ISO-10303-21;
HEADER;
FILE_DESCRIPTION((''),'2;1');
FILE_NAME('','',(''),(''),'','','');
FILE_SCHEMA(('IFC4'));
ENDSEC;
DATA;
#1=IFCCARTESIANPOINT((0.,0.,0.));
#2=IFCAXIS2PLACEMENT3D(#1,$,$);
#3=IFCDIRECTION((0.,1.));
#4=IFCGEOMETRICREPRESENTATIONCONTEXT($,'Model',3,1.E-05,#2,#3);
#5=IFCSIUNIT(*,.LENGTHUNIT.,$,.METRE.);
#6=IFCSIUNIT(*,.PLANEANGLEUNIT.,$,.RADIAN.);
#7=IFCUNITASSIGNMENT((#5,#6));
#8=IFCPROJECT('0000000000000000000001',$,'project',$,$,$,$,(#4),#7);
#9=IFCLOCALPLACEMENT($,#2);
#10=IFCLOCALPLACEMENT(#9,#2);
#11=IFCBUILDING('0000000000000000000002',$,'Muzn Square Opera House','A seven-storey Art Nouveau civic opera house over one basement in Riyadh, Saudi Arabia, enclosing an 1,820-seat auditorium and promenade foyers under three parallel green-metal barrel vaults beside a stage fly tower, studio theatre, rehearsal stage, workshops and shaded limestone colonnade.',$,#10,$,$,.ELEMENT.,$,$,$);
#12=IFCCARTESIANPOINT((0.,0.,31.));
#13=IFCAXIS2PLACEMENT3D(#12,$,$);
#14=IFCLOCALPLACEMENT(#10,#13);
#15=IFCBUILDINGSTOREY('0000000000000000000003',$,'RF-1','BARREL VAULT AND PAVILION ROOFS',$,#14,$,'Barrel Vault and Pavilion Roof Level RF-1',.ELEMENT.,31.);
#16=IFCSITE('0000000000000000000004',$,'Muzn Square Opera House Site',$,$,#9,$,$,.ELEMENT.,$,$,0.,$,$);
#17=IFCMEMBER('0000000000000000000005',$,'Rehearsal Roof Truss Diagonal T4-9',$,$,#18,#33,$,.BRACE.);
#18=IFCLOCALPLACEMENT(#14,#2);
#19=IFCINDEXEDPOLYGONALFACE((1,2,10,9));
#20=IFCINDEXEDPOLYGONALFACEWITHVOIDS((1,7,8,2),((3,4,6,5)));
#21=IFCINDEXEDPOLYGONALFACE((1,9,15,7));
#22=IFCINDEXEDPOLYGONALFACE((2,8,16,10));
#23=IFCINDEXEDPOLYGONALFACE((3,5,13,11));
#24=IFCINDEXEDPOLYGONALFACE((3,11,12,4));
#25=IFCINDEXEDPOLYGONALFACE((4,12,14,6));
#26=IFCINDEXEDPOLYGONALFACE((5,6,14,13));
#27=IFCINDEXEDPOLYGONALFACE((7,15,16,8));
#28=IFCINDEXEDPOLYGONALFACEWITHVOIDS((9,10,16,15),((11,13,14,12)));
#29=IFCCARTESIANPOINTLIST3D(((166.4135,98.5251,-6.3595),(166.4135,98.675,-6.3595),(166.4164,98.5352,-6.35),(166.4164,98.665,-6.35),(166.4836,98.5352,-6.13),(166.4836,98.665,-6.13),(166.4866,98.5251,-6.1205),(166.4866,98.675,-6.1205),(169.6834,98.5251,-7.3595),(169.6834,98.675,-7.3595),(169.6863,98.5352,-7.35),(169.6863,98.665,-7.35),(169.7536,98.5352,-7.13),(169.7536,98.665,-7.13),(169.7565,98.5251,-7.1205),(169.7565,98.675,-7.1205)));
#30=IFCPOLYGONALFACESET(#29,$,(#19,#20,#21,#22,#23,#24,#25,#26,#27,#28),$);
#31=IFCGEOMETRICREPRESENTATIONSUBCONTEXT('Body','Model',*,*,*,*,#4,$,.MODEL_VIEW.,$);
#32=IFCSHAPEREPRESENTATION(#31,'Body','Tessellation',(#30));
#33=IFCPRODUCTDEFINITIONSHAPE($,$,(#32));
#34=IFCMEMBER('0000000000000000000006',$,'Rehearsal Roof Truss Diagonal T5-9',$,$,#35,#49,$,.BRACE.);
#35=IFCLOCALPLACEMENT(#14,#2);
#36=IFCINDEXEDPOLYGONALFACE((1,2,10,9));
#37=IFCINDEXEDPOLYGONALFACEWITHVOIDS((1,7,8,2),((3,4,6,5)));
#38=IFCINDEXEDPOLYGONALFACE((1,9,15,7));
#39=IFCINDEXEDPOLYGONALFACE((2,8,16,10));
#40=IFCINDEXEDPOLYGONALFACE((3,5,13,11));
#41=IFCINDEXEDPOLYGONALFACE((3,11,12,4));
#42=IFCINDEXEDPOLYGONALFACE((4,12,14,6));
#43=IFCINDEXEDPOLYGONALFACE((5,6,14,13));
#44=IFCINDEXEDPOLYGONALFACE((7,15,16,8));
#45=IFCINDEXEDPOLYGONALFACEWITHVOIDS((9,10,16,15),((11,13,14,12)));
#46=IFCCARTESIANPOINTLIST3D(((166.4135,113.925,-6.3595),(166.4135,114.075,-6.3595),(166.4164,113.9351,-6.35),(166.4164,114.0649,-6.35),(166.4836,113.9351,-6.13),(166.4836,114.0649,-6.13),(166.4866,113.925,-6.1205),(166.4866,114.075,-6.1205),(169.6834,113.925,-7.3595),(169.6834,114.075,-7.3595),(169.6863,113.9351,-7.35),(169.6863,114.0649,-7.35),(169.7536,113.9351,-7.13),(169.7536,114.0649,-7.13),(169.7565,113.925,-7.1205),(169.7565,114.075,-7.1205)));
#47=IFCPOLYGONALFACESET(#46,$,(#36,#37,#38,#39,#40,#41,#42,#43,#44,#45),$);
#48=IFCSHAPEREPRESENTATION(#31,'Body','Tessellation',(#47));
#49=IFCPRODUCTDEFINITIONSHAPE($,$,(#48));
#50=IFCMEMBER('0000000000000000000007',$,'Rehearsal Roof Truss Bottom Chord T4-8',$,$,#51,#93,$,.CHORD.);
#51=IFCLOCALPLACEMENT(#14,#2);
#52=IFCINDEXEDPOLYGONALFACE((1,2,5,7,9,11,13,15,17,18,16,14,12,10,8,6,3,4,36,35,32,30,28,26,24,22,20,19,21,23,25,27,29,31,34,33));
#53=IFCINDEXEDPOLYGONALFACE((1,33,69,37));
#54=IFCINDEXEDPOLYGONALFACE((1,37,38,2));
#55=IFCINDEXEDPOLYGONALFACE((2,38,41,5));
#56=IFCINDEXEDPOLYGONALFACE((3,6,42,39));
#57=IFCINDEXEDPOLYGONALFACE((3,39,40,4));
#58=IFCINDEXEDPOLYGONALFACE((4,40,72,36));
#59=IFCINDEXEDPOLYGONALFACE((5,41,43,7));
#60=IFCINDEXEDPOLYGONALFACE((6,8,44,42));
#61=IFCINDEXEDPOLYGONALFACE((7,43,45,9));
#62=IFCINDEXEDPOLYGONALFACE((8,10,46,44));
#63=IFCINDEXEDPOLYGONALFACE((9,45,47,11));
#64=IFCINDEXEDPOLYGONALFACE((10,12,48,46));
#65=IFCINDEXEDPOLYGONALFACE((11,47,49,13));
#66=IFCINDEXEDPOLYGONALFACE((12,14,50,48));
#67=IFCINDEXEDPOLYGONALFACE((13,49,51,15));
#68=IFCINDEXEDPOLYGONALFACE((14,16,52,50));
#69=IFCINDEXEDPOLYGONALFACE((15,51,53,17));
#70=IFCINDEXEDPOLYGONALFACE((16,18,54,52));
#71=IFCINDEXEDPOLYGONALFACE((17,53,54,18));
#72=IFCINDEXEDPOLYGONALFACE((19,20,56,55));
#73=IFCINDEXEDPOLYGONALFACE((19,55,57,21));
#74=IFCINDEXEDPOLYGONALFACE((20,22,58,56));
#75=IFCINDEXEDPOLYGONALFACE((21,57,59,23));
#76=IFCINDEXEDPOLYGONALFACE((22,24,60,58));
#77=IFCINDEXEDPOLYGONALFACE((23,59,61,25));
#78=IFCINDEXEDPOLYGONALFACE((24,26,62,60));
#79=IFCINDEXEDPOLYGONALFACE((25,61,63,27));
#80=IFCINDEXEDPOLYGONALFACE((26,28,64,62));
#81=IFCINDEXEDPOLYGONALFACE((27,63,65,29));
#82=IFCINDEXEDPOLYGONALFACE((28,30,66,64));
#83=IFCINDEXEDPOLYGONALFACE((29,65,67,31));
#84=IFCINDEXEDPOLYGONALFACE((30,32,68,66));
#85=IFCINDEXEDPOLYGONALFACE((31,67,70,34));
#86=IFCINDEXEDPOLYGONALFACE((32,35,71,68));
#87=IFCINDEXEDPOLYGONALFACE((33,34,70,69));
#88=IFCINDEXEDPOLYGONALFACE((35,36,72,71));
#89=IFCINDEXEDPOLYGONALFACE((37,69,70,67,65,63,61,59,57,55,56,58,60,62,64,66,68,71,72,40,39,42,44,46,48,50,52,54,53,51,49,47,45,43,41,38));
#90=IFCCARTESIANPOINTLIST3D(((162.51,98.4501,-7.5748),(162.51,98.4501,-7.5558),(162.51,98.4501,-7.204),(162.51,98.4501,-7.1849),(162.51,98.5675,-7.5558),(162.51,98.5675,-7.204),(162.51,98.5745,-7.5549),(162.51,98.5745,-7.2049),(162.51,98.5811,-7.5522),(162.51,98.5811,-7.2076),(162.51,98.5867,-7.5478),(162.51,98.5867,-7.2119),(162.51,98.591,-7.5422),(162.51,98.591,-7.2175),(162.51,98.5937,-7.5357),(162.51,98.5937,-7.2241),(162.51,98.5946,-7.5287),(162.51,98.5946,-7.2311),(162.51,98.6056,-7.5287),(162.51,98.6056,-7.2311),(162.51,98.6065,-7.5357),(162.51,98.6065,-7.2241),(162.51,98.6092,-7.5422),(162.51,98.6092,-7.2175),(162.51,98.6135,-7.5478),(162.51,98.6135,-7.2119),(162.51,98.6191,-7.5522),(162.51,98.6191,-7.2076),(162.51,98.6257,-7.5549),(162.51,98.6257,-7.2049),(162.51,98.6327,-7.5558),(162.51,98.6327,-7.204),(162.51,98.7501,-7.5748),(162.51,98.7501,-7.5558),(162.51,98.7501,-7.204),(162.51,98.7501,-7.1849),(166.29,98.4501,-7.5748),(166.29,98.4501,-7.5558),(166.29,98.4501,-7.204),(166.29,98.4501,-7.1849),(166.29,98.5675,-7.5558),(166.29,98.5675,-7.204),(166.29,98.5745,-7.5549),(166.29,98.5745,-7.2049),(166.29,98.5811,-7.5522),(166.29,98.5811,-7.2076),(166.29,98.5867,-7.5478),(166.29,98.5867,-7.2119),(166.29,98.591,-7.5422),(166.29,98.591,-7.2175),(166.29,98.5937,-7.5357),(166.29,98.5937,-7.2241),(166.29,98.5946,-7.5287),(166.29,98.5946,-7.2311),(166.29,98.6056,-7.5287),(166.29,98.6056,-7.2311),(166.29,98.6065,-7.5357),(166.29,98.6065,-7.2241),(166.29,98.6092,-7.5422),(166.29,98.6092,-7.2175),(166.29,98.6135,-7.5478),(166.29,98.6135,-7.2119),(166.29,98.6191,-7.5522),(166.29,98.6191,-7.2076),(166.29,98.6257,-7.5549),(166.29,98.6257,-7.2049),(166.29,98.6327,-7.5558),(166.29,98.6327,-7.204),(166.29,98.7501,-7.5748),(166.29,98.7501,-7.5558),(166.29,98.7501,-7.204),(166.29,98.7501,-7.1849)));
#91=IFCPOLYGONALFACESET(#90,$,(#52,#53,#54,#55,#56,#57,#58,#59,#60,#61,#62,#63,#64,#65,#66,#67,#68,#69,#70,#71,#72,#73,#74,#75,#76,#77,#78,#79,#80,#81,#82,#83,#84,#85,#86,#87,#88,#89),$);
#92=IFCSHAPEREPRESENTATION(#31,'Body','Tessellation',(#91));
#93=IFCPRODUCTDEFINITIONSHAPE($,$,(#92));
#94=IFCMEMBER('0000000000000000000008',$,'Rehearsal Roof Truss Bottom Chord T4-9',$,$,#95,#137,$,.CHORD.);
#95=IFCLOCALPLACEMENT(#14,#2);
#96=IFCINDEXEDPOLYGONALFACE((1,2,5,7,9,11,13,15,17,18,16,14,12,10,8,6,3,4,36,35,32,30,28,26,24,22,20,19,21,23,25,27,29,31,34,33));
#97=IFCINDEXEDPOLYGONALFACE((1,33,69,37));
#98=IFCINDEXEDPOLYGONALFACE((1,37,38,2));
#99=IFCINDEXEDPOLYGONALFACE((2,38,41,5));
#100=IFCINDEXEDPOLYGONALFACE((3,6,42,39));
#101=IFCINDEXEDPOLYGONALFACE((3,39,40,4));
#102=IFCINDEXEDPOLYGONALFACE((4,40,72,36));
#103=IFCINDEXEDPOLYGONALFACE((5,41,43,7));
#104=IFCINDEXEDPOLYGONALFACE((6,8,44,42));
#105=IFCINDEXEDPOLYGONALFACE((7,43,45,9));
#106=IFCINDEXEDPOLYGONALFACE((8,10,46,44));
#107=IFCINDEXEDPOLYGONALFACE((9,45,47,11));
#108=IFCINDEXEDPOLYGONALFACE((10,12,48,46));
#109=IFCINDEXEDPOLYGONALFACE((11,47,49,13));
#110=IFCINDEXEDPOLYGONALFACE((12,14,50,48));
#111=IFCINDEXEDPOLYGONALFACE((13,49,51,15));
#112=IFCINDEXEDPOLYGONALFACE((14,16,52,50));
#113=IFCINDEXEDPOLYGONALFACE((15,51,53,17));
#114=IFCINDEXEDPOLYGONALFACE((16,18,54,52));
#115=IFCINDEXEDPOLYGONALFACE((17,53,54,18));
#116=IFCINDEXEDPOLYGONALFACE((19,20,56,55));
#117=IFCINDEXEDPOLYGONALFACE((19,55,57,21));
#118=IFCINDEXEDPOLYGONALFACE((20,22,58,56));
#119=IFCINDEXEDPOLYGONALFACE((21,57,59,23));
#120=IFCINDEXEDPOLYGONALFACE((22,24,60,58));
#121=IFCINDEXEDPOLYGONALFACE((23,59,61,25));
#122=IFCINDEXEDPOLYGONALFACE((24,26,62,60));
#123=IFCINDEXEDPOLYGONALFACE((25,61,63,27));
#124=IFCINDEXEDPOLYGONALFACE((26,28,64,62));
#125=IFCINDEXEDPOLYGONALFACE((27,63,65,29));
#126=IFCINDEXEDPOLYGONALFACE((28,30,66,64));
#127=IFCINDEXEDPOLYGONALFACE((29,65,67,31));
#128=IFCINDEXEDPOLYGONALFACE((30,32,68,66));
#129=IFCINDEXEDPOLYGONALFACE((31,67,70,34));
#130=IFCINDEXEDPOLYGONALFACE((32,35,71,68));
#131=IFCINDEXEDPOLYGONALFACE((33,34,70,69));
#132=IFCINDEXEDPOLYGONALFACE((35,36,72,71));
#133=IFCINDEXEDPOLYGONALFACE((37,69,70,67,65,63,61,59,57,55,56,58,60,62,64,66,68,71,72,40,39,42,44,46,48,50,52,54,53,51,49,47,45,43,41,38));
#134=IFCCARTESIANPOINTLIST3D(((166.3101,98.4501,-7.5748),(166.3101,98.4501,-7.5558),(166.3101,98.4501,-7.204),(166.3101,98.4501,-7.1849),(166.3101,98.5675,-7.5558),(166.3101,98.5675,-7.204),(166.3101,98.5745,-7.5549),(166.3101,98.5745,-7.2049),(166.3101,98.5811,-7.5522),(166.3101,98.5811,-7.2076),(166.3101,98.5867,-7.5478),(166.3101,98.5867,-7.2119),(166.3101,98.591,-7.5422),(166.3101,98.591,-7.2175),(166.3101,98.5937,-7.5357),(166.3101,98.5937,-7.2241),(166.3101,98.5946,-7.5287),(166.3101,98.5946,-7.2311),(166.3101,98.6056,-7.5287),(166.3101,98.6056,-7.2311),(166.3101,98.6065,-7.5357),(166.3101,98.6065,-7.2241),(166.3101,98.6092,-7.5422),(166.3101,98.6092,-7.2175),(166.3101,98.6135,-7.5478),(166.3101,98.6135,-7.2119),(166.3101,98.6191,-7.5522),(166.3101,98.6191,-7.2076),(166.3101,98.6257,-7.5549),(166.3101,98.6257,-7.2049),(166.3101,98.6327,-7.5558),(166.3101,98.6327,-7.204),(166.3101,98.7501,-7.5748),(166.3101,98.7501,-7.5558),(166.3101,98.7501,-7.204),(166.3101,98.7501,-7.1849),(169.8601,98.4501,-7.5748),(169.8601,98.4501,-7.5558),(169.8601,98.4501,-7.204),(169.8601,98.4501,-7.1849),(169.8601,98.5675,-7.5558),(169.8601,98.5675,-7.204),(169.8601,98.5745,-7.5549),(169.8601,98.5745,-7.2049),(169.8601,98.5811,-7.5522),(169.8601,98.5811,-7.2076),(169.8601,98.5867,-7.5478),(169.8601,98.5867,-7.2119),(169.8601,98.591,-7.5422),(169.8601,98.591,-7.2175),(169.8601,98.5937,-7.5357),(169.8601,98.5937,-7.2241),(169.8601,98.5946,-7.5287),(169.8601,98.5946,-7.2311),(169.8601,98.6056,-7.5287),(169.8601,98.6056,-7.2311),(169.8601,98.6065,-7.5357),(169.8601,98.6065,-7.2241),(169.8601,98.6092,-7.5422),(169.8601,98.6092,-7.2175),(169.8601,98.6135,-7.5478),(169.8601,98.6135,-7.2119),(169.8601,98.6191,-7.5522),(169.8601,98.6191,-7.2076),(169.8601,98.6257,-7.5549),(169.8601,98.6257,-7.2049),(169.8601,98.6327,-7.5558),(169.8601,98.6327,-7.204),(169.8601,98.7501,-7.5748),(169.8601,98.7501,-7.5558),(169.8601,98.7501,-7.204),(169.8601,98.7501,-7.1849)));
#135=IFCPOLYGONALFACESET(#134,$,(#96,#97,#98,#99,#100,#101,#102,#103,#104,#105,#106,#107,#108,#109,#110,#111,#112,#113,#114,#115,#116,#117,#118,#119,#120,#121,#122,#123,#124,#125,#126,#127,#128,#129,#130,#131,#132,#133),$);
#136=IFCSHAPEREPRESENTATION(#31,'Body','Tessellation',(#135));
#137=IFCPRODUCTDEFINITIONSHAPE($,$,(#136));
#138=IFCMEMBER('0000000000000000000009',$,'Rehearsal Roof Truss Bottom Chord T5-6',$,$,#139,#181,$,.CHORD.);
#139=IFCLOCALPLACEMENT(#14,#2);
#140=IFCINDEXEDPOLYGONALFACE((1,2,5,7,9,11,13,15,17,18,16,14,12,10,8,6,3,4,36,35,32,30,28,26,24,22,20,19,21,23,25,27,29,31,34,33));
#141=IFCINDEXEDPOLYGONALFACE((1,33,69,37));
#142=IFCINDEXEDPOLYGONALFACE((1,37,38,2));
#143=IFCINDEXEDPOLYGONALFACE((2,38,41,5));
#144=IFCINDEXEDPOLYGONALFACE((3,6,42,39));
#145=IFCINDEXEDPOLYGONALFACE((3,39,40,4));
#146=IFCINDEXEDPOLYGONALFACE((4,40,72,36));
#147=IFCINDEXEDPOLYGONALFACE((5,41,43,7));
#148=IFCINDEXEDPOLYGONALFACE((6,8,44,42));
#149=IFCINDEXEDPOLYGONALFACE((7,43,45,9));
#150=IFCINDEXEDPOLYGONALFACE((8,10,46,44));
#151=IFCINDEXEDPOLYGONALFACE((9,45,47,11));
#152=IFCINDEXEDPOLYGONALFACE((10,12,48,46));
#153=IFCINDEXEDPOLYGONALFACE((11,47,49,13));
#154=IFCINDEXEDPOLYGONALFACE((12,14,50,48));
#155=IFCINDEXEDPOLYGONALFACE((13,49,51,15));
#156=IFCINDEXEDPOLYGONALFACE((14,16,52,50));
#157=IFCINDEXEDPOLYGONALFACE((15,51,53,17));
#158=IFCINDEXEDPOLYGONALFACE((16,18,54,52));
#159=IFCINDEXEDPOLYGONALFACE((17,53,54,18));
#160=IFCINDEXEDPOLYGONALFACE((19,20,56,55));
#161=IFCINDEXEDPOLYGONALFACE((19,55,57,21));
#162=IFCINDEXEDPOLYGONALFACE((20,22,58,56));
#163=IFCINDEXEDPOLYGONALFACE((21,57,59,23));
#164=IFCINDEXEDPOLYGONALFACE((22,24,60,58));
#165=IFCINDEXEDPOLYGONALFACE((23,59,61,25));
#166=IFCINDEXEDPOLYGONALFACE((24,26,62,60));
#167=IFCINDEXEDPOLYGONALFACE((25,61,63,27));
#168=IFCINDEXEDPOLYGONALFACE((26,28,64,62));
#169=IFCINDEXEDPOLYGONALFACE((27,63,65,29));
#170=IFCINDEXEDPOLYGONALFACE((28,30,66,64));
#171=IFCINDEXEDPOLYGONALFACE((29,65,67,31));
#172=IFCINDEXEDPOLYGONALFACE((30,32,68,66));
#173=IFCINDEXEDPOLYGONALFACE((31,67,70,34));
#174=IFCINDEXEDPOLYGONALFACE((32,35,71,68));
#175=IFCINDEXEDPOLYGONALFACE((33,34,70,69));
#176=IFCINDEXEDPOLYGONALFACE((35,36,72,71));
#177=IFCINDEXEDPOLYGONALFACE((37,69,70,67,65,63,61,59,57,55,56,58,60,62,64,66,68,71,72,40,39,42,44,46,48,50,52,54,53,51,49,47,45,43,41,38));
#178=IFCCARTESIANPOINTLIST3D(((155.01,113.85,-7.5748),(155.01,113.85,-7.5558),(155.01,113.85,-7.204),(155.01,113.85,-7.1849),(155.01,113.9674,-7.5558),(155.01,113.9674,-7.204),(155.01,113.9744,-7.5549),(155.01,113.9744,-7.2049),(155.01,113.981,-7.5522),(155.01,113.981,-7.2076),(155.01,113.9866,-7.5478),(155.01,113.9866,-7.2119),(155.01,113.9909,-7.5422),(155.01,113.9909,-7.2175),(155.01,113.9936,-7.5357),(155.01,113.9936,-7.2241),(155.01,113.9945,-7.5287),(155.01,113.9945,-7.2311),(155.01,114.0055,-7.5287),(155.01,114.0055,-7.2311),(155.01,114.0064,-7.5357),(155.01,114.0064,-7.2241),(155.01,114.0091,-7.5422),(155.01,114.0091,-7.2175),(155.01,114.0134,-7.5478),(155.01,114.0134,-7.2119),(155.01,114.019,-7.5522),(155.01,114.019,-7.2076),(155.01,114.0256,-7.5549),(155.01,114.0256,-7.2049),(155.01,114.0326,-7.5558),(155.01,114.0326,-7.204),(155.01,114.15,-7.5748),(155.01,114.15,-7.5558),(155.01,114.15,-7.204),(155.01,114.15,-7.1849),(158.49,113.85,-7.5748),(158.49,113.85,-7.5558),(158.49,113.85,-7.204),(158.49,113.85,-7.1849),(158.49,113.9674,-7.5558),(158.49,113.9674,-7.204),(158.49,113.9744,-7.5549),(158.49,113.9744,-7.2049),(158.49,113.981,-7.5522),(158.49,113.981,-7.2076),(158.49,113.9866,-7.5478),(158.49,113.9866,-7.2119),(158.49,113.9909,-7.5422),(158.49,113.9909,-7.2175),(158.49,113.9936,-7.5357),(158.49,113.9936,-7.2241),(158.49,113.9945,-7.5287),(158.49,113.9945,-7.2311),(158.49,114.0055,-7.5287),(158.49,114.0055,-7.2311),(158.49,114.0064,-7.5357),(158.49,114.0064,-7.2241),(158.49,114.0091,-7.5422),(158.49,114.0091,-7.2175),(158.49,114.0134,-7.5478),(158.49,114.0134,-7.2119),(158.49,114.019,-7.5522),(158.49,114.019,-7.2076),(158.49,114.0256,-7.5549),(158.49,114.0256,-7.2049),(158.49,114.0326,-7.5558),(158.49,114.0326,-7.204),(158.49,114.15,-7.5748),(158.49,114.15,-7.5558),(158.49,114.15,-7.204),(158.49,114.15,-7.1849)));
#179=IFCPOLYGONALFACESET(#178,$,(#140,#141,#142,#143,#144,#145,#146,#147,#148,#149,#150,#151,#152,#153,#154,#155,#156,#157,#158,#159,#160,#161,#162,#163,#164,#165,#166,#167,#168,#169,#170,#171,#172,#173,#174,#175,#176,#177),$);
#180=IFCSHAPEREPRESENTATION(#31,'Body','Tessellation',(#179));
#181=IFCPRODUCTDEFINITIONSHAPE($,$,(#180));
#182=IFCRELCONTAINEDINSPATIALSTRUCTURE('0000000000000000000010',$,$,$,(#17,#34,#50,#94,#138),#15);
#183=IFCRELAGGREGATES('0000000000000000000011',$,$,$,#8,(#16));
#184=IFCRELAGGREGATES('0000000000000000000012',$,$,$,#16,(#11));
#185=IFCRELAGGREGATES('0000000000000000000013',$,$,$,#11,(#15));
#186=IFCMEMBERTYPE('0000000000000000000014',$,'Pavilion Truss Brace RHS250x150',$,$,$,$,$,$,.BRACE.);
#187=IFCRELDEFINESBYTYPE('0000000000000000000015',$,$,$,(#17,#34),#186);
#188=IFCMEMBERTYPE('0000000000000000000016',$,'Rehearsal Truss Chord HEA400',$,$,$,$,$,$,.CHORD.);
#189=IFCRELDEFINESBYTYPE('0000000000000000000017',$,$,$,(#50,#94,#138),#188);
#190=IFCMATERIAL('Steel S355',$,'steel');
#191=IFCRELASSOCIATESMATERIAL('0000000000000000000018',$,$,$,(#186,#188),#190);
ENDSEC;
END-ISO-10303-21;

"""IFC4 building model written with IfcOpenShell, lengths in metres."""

from ifc_helpers import new_model, si_unit, direction, frame, origin, origin_2d, place, context, subcontext, project, spatial, hollow_rectangle, i_section, extrude, material, material_profile, profile_set, type_object, element, save


model = new_model("IFC4")

# Units and contexts
model_context = context("Model", 3, precision=1e-05, world=origin(), true_north=direction((0.0, 1.0)))
body_context = subcontext(model_context, "Body", "Model", "MODEL_VIEW")
ifc_project = project(units=[si_unit("LENGTHUNIT", "METRE"), si_unit("PLANEANGLEUNIT", "RADIAN")], contexts=[model_context])

# Site, building, storey
site_placement = place(None, origin())
site = spatial("IfcSite", under=ifc_project, at=site_placement, Name="Muzn Square Opera House Site", CompositionType="ELEMENT", RefElevation=0.0)
building_placement = place(site_placement, origin())
building = spatial("IfcBuilding", under=site, at=building_placement, Name="Muzn Square Opera House", Description="A seven-storey Art Nouveau civic opera house over one basement in Riyadh, Saudi Arabia, enclosing an 1,820-seat auditorium and promenade foyers under three parallel green-metal barrel vaults beside a stage fly tower, studio theatre, rehearsal stage, workshops and shaded limestone colonnade.", CompositionType="ELEMENT")
storey_placement = place(building_placement, frame((0.0, 0.0, 31.0)))
storey = spatial("IfcBuildingStorey", under=building, at=storey_placement, Name="RF-1", Description="BARREL VAULT AND PAVILION ROOFS", LongName="Barrel Vault and Pavilion Roof Level RF-1", CompositionType="ELEMENT", Elevation=31.0)

# Shared definitions
ifc_material = material(Name="Steel S355", Category="steel")

# Members
ifc_material_profile_1 = material_profile(ifc_material, hollow_rectangle(XDim=0.1499, YDim=0.25, WallThickness=0.01, at=origin_2d()), Name="RHS 250x150x10", Category="steel")
ifc_profile_set_1 = profile_set([ifc_material_profile_1], Name="Steel S355")
member_type_1 = type_object("IfcMemberType", Name="Pavilion Truss Brace RHS250x150", PredefinedType="BRACE", material=ifc_profile_set_1)
for number, where, z_axis, x_axis, name in (
    (1, (169.72, 98.6001, -7.24), (-0.956284, 0.0, 0.29244), (0.0, -1.0, 0.0), "Rehearsal Roof Truss Diagonal T4-9"),
    (2, (169.72, 114.0, -7.24), (-0.956284, 0.0, 0.29244), (0.0, -1.0, 0.0), "Rehearsal Roof Truss Diagonal T5-9"),
):
    element("IfcMember", number, at=place(storey_placement, frame(where, z_axis=z_axis, x_axis=x_axis)), inside=storey, type_object=member_type_1, Name=name, PredefinedType="BRACE", context=body_context, shape_type="SweptSolid", body=[
        extrude(hollow_rectangle(XDim=0.1499, YDim=0.25, WallThickness=0.01, at=origin_2d()), origin(), (0.0, 0.0, 1.0), 3.4194),
    ])
ifc_material_profile_2 = material_profile(ifc_material, i_section(OverallWidth=0.3, OverallDepth=0.3899, WebThickness=0.011, FlangeThickness=0.019, FilletRadius=0.0271, at=origin_2d()), Name="HEA 400", Category="steel")
ifc_profile_set_2 = profile_set([ifc_material_profile_2], Name="Steel S355")
member_type_2 = type_object("IfcMemberType", Name="Rehearsal Truss Chord HEA400", PredefinedType="CHORD", material=ifc_profile_set_2)
member_1_placement = place(storey_placement, frame((162.51, 98.6001, -7.3799), z_axis=(1.0, 0.0, 0.0), x_axis=(0.0, 1.0, 0.0)))
element("IfcMember", 3, at=member_1_placement, inside=storey, type_object=member_type_2, Name="Rehearsal Roof Truss Bottom Chord T4-8", PredefinedType="CHORD", context=body_context, shape_type="SweptSolid", body=[
    extrude(i_section(OverallWidth=0.3, OverallDepth=0.3899, WebThickness=0.011, FlangeThickness=0.019, FilletRadius=0.0271, at=origin_2d()), origin(), (0.0, 0.0, 1.0), 3.78),
])
member_2_placement = place(storey_placement, frame((166.3101, 98.6001, -7.3799), z_axis=(1.0, 0.0, 0.0), x_axis=(0.0, 1.0, 0.0)))
element("IfcMember", 4, at=member_2_placement, inside=storey, type_object=member_type_2, Name="Rehearsal Roof Truss Bottom Chord T4-9", PredefinedType="CHORD", context=body_context, shape_type="SweptSolid", body=[
    extrude(i_section(OverallWidth=0.3, OverallDepth=0.3899, WebThickness=0.011, FlangeThickness=0.019, FilletRadius=0.0271, at=origin_2d()), origin(), (0.0, 0.0, 1.0), 3.55),
])
member_3_placement = place(storey_placement, frame((155.01, 114.0, -7.3799), z_axis=(1.0, 0.0, 0.0), x_axis=(0.0, 1.0, 0.0)))
element("IfcMember", 5, at=member_3_placement, inside=storey, type_object=member_type_2, Name="Rehearsal Roof Truss Bottom Chord T5-6", PredefinedType="CHORD", context=body_context, shape_type="SweptSolid", body=[
    extrude(i_section(OverallWidth=0.3, OverallDepth=0.3899, WebThickness=0.011, FlangeThickness=0.019, FilletRadius=0.0271, at=origin_2d()), origin(), (0.0, 0.0, 1.0), 3.48),
])

save(model, "model.ifc")
